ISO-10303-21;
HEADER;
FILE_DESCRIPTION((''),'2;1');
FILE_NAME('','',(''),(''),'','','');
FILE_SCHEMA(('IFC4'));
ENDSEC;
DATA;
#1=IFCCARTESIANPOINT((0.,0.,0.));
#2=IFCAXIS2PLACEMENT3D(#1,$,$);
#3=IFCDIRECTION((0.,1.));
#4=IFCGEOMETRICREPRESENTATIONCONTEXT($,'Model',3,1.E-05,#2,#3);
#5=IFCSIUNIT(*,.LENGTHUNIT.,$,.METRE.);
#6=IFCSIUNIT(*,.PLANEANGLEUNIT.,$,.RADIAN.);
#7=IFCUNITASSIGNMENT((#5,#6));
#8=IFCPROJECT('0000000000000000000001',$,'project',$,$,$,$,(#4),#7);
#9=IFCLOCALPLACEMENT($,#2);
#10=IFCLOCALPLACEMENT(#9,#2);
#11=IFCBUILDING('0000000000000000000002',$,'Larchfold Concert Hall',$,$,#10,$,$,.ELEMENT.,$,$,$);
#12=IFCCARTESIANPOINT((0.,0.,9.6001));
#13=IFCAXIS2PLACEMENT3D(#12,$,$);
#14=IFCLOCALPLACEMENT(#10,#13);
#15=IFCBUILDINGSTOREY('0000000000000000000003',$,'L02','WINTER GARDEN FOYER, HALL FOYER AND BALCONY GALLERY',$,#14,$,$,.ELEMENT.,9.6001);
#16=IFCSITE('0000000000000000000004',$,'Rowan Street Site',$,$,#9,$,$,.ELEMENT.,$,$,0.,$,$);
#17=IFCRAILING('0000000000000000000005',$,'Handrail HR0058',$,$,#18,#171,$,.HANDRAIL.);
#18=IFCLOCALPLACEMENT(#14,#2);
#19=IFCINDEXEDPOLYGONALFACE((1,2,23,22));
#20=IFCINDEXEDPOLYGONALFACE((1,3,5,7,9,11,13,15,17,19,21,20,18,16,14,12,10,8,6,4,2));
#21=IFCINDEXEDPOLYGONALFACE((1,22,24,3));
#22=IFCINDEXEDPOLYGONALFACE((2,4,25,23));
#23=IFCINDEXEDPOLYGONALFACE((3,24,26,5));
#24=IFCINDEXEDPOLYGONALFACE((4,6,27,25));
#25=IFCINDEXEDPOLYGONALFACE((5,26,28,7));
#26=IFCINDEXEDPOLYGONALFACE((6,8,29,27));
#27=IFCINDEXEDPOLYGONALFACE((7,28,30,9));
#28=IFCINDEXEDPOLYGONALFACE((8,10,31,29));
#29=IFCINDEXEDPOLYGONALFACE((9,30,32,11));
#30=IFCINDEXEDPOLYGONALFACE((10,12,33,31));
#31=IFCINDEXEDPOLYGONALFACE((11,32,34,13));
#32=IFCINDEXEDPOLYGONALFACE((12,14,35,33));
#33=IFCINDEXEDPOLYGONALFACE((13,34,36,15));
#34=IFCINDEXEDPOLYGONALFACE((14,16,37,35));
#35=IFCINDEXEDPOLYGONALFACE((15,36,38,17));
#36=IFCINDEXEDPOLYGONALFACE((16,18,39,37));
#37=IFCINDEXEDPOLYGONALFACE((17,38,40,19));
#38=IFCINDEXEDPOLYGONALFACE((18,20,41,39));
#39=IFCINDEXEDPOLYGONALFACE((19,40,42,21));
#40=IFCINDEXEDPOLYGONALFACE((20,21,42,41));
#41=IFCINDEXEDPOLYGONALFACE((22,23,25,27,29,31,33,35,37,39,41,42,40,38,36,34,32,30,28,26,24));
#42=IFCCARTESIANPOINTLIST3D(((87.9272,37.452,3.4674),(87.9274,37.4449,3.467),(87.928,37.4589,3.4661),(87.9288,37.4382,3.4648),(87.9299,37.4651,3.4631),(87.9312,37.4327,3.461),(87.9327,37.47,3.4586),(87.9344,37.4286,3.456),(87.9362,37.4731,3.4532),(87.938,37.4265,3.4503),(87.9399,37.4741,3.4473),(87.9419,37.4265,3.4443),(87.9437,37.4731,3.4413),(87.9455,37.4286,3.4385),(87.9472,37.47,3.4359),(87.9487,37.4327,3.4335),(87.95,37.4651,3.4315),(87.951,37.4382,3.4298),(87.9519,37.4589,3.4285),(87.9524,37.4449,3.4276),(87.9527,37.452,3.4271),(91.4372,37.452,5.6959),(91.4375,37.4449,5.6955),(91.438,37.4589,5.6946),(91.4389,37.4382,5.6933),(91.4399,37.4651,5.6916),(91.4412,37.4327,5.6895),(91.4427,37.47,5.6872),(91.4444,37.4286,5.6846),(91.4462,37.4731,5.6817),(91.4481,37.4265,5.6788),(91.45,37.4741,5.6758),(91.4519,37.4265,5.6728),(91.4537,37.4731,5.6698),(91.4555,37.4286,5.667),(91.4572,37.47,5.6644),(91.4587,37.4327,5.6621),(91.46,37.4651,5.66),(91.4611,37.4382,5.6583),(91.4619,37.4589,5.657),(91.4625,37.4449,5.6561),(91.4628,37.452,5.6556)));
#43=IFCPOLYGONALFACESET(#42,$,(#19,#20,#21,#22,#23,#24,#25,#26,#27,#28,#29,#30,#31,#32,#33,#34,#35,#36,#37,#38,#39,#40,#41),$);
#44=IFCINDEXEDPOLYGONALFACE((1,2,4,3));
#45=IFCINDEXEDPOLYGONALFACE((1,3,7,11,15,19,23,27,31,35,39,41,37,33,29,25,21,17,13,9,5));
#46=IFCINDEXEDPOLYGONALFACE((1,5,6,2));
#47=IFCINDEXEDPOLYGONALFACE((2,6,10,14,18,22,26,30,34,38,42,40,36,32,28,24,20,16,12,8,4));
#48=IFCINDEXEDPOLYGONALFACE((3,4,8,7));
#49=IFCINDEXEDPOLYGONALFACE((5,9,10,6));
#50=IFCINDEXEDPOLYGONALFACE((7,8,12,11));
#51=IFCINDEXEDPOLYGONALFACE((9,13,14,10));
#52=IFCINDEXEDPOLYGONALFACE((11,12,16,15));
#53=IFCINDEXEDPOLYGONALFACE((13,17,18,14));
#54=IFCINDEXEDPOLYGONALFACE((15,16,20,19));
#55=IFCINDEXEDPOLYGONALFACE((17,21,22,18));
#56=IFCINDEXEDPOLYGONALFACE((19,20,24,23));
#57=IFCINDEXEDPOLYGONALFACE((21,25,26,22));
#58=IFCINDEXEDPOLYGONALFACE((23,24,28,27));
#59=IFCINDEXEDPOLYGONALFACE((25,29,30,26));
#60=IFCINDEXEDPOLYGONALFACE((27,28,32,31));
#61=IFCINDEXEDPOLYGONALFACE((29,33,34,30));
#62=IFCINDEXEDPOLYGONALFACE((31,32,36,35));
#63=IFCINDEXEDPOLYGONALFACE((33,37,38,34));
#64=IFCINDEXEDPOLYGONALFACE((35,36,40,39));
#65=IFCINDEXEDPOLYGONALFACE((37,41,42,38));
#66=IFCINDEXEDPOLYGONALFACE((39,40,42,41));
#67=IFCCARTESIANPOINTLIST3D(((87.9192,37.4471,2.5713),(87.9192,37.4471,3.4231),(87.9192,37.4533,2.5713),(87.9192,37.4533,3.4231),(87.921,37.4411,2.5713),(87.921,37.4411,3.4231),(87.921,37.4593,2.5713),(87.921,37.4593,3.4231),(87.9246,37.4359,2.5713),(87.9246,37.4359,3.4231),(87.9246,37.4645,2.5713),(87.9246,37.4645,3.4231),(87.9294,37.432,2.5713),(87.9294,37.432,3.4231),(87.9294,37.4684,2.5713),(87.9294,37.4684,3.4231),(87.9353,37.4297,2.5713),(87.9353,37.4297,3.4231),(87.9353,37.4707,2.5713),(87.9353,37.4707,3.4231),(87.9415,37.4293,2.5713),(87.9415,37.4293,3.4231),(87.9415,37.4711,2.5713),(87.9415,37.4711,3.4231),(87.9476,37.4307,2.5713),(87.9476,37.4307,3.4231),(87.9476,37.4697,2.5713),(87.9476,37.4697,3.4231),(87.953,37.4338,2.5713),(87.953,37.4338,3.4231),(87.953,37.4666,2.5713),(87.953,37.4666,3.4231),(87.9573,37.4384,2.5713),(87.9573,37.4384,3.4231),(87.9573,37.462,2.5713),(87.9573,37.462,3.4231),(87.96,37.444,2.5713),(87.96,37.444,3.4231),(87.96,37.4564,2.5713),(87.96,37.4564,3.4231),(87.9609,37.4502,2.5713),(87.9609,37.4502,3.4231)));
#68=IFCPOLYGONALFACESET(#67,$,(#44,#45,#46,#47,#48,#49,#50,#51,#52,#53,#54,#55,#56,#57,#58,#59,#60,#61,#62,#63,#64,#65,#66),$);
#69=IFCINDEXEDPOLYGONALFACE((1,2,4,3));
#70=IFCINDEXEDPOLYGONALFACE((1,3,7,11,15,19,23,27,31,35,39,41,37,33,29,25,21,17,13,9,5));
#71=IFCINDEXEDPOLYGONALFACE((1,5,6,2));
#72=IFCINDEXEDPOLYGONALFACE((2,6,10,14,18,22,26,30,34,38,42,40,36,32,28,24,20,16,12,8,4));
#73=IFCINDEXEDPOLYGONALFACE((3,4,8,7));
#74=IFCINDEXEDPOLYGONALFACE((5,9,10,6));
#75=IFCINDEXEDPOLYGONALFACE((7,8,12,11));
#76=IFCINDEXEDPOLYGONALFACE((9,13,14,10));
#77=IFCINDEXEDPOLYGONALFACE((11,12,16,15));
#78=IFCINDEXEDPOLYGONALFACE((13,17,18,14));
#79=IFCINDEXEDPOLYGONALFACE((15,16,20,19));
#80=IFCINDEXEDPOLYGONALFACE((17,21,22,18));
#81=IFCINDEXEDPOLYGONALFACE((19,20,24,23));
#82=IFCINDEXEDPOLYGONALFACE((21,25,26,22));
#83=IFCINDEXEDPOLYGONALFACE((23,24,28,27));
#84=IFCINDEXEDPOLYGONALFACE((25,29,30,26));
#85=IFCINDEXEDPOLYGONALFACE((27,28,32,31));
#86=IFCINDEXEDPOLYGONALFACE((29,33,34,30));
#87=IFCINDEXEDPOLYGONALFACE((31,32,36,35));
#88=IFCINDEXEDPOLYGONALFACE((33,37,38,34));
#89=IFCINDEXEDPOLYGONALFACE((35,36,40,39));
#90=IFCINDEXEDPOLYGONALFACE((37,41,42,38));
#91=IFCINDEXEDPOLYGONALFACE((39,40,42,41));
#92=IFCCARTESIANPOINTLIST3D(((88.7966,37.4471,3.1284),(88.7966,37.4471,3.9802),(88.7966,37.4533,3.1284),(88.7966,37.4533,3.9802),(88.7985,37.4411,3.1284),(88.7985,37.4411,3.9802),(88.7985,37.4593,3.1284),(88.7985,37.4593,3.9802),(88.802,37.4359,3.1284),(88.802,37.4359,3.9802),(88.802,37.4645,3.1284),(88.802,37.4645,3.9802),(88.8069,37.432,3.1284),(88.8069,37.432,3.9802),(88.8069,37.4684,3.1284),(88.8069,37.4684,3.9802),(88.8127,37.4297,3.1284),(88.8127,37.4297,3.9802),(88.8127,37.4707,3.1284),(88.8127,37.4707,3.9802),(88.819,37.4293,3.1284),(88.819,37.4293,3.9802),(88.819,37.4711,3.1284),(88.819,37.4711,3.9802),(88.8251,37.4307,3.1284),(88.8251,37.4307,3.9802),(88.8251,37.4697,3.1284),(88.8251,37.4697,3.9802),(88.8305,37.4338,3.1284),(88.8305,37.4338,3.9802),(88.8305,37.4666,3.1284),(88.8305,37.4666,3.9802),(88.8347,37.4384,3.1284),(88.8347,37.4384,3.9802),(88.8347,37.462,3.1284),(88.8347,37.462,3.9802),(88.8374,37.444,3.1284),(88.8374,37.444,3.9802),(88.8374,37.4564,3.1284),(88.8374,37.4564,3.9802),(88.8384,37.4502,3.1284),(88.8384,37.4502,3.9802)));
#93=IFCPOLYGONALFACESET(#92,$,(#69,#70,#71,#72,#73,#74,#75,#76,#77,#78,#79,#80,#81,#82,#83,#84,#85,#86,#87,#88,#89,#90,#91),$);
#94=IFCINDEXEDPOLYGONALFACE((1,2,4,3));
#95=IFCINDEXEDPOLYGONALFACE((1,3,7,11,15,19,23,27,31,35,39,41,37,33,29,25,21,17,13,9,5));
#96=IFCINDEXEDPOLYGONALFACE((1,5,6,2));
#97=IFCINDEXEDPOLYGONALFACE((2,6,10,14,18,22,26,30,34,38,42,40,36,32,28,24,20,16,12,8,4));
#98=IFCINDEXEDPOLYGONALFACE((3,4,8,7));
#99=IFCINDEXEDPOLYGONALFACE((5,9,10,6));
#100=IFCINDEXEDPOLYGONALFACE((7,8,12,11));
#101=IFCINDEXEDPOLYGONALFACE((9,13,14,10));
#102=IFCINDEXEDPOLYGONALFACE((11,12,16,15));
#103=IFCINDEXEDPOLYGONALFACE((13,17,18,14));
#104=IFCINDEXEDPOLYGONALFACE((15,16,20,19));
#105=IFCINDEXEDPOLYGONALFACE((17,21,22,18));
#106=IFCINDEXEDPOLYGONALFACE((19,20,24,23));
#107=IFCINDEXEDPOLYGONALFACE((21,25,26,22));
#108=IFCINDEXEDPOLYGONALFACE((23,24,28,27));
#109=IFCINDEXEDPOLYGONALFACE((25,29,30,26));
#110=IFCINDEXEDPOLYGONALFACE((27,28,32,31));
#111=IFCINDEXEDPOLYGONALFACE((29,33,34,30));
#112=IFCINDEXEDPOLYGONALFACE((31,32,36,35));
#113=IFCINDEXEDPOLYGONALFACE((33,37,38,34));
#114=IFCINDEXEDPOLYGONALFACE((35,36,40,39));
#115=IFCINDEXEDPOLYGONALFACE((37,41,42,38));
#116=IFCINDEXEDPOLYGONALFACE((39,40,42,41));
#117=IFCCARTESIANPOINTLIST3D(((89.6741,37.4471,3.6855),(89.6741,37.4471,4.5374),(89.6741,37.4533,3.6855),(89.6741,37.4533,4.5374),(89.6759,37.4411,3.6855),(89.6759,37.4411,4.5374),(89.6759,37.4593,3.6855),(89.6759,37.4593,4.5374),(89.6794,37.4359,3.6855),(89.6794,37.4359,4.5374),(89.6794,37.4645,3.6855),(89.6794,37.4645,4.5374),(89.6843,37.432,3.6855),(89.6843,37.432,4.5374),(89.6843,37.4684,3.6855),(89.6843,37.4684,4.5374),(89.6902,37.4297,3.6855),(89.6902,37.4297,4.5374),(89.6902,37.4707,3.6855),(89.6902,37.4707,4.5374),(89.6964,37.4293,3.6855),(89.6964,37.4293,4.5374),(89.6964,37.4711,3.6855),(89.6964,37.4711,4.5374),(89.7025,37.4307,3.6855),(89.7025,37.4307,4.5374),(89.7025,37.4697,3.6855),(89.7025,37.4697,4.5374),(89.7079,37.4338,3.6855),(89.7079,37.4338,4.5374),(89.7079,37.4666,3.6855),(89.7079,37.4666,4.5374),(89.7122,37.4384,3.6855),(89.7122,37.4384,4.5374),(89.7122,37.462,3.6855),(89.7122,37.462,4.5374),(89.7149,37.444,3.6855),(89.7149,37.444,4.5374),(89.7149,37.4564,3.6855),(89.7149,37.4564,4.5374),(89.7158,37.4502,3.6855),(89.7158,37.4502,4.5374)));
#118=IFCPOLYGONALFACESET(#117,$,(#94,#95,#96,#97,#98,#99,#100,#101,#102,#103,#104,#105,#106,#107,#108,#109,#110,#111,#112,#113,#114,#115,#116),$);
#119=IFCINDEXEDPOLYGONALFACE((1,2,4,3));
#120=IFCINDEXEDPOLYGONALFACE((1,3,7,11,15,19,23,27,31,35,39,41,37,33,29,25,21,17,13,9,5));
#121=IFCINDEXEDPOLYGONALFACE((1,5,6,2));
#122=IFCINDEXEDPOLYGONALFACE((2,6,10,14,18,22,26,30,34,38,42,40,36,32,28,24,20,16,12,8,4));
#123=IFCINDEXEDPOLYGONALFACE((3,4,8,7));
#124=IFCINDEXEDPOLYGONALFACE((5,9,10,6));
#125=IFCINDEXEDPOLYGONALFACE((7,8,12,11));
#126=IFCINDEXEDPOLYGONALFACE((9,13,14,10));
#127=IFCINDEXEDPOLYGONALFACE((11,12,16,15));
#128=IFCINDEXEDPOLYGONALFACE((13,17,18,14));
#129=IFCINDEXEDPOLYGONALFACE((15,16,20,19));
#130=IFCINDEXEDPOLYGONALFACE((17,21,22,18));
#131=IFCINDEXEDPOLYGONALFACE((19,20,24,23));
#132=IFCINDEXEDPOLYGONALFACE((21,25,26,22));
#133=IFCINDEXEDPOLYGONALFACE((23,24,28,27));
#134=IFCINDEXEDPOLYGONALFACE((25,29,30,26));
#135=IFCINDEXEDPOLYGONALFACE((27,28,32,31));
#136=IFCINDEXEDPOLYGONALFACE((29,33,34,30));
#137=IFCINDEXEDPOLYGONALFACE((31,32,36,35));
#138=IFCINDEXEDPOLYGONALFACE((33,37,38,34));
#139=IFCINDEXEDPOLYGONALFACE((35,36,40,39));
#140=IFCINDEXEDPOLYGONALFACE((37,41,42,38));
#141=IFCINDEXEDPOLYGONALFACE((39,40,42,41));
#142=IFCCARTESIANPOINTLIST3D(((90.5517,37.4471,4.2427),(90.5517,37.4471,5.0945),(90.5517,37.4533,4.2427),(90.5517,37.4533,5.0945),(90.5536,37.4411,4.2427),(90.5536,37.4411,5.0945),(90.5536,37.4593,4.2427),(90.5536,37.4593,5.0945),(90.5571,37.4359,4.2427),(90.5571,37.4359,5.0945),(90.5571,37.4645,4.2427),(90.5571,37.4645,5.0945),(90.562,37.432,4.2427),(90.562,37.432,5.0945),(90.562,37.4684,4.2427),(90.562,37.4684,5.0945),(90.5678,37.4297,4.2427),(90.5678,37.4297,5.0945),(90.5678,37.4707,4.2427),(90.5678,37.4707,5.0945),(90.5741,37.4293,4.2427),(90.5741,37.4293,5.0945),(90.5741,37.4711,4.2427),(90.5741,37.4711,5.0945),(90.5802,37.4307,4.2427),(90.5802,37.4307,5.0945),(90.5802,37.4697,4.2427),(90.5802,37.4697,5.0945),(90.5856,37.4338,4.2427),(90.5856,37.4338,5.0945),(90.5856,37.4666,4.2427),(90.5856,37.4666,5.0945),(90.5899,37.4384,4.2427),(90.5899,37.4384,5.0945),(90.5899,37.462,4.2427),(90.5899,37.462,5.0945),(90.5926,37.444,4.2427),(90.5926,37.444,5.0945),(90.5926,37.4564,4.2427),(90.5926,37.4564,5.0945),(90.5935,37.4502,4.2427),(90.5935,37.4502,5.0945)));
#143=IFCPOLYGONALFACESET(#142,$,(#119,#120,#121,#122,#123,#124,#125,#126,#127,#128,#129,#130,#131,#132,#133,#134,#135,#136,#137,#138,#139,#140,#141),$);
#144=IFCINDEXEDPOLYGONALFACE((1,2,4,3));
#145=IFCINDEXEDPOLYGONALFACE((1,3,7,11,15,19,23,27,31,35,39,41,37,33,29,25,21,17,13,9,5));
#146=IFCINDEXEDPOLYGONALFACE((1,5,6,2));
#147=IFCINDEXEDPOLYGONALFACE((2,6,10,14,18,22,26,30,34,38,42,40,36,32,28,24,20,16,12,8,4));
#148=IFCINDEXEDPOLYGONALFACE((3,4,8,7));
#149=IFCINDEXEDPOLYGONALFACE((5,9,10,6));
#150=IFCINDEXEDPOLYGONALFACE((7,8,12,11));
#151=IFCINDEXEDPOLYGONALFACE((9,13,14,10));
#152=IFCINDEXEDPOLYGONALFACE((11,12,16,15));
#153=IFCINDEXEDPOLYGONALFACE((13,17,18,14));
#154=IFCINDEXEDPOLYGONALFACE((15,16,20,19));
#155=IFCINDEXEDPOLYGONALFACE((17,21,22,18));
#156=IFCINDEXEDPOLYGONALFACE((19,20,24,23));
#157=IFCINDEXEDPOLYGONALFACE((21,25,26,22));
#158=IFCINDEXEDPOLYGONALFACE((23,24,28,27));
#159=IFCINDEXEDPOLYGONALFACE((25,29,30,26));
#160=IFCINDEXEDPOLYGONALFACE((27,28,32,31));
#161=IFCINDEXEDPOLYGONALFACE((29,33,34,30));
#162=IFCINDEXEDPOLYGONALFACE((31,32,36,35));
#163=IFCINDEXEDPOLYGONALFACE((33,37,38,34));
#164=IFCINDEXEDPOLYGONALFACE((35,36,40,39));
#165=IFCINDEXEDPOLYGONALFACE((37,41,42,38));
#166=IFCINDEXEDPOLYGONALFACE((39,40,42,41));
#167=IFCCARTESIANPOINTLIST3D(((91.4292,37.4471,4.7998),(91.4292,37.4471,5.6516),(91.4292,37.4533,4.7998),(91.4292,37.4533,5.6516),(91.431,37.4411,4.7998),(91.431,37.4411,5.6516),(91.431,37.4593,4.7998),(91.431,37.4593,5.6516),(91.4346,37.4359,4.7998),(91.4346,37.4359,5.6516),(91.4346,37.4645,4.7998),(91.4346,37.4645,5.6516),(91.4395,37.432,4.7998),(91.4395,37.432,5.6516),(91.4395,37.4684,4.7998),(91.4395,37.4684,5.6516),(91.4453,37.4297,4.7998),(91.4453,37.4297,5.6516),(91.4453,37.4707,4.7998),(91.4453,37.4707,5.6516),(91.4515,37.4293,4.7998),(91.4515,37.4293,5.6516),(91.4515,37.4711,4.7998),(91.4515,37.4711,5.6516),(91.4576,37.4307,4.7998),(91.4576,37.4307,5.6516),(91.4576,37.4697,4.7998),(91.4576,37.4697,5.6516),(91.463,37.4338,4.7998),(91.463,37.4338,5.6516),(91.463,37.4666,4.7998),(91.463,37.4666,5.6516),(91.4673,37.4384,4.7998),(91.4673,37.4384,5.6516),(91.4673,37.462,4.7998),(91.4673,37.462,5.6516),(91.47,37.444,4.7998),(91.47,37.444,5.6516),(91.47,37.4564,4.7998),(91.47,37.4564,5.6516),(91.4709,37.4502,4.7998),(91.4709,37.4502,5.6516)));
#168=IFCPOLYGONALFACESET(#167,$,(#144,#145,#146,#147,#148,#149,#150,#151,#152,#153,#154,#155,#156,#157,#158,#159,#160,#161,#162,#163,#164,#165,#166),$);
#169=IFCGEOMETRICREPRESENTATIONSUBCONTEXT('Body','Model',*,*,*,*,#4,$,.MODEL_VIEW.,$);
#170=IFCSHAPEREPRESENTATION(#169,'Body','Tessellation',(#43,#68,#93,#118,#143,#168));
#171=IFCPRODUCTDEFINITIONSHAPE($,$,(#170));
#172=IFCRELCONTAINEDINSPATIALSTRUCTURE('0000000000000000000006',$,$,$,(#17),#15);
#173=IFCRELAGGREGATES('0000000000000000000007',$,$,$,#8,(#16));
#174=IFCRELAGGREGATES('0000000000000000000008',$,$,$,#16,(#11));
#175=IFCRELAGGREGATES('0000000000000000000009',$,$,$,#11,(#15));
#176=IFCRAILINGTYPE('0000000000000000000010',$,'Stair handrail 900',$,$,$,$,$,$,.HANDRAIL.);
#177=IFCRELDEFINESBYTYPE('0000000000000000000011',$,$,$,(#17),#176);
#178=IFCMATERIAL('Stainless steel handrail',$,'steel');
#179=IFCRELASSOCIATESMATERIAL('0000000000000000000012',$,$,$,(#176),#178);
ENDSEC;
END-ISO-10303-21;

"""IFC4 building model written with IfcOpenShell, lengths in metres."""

from ifc_helpers import new_model, si_unit, direction, frame, origin, origin_2d, place, context, subcontext, project, spatial, circle, extrude, material, type_object, element, save


model = new_model("IFC4")

# Units and contexts
model_context = context("Model", 3, precision=1e-05, world=origin(), true_north=direction((0.0, 1.0)))
body_context = subcontext(model_context, "Body", "Model", "MODEL_VIEW")
ifc_project = project(units=[si_unit("LENGTHUNIT", "METRE"), si_unit("PLANEANGLEUNIT", "RADIAN")], contexts=[model_context])

# Site, building, storey
site_placement = place(None, origin())
site = spatial("IfcSite", under=ifc_project, at=site_placement, Name="Rowan Street Site", CompositionType="ELEMENT", RefElevation=0.0)
building_placement = place(site_placement, origin())
building = spatial("IfcBuilding", under=site, at=building_placement, Name="Larchfold Concert Hall", CompositionType="ELEMENT")
storey_placement = place(building_placement, frame((0.0, 0.0, 9.6001)))
storey = spatial("IfcBuildingStorey", under=building, at=storey_placement, Name="L02", Description="WINTER GARDEN FOYER, HALL FOYER AND BALCONY GALLERY", CompositionType="ELEMENT", Elevation=9.6001)

# Railing
ifc_material_1 = material(Name="Stainless steel handrail", Category="steel")
railing_type_1 = type_object("IfcRailingType", Name="Stair handrail 900", PredefinedType="HANDRAIL", material=ifc_material_1)
railing_1_placement = place(storey_placement, frame((87.9399, 37.4502, 2.5713)))
element("IfcRailing", 1, at=railing_1_placement, inside=storey, type_object=railing_type_1, Name="Handrail HR0058", PredefinedType="HANDRAIL", context=body_context, shape_type="SweptSolid", body=[
    extrude(circle(Radius=0.0239, at=origin_2d()), frame((0.0, 0.0, 0.876), z_axis=(0.84422, 0.0, 0.535998), x_axis=(0.0, 1.0, 0.0)), (0.0, 0.0, 1.0), 4.1577),
    extrude(circle(Radius=0.021, at=origin_2d()), origin(), (0.0, 0.0, 1.0), 0.8518),
    extrude(circle(Radius=0.021, at=origin_2d()), frame((0.8774, 0.0, 0.5571)), (0.0, 0.0, 1.0), 0.8518),
    extrude(circle(Radius=0.021, at=origin_2d()), frame((1.7549, 0.0, 1.1143)), (0.0, 0.0, 1.0), 0.8518),
    extrude(circle(Radius=0.021, at=origin_2d()), frame((2.6326, 0.0, 1.6714)), (0.0, 0.0, 1.0), 0.8518),
    extrude(circle(Radius=0.021, at=origin_2d()), frame((3.51, 0.0, 2.2285)), (0.0, 0.0, 1.0), 0.8518),
])

save(model, "model.ifc")
